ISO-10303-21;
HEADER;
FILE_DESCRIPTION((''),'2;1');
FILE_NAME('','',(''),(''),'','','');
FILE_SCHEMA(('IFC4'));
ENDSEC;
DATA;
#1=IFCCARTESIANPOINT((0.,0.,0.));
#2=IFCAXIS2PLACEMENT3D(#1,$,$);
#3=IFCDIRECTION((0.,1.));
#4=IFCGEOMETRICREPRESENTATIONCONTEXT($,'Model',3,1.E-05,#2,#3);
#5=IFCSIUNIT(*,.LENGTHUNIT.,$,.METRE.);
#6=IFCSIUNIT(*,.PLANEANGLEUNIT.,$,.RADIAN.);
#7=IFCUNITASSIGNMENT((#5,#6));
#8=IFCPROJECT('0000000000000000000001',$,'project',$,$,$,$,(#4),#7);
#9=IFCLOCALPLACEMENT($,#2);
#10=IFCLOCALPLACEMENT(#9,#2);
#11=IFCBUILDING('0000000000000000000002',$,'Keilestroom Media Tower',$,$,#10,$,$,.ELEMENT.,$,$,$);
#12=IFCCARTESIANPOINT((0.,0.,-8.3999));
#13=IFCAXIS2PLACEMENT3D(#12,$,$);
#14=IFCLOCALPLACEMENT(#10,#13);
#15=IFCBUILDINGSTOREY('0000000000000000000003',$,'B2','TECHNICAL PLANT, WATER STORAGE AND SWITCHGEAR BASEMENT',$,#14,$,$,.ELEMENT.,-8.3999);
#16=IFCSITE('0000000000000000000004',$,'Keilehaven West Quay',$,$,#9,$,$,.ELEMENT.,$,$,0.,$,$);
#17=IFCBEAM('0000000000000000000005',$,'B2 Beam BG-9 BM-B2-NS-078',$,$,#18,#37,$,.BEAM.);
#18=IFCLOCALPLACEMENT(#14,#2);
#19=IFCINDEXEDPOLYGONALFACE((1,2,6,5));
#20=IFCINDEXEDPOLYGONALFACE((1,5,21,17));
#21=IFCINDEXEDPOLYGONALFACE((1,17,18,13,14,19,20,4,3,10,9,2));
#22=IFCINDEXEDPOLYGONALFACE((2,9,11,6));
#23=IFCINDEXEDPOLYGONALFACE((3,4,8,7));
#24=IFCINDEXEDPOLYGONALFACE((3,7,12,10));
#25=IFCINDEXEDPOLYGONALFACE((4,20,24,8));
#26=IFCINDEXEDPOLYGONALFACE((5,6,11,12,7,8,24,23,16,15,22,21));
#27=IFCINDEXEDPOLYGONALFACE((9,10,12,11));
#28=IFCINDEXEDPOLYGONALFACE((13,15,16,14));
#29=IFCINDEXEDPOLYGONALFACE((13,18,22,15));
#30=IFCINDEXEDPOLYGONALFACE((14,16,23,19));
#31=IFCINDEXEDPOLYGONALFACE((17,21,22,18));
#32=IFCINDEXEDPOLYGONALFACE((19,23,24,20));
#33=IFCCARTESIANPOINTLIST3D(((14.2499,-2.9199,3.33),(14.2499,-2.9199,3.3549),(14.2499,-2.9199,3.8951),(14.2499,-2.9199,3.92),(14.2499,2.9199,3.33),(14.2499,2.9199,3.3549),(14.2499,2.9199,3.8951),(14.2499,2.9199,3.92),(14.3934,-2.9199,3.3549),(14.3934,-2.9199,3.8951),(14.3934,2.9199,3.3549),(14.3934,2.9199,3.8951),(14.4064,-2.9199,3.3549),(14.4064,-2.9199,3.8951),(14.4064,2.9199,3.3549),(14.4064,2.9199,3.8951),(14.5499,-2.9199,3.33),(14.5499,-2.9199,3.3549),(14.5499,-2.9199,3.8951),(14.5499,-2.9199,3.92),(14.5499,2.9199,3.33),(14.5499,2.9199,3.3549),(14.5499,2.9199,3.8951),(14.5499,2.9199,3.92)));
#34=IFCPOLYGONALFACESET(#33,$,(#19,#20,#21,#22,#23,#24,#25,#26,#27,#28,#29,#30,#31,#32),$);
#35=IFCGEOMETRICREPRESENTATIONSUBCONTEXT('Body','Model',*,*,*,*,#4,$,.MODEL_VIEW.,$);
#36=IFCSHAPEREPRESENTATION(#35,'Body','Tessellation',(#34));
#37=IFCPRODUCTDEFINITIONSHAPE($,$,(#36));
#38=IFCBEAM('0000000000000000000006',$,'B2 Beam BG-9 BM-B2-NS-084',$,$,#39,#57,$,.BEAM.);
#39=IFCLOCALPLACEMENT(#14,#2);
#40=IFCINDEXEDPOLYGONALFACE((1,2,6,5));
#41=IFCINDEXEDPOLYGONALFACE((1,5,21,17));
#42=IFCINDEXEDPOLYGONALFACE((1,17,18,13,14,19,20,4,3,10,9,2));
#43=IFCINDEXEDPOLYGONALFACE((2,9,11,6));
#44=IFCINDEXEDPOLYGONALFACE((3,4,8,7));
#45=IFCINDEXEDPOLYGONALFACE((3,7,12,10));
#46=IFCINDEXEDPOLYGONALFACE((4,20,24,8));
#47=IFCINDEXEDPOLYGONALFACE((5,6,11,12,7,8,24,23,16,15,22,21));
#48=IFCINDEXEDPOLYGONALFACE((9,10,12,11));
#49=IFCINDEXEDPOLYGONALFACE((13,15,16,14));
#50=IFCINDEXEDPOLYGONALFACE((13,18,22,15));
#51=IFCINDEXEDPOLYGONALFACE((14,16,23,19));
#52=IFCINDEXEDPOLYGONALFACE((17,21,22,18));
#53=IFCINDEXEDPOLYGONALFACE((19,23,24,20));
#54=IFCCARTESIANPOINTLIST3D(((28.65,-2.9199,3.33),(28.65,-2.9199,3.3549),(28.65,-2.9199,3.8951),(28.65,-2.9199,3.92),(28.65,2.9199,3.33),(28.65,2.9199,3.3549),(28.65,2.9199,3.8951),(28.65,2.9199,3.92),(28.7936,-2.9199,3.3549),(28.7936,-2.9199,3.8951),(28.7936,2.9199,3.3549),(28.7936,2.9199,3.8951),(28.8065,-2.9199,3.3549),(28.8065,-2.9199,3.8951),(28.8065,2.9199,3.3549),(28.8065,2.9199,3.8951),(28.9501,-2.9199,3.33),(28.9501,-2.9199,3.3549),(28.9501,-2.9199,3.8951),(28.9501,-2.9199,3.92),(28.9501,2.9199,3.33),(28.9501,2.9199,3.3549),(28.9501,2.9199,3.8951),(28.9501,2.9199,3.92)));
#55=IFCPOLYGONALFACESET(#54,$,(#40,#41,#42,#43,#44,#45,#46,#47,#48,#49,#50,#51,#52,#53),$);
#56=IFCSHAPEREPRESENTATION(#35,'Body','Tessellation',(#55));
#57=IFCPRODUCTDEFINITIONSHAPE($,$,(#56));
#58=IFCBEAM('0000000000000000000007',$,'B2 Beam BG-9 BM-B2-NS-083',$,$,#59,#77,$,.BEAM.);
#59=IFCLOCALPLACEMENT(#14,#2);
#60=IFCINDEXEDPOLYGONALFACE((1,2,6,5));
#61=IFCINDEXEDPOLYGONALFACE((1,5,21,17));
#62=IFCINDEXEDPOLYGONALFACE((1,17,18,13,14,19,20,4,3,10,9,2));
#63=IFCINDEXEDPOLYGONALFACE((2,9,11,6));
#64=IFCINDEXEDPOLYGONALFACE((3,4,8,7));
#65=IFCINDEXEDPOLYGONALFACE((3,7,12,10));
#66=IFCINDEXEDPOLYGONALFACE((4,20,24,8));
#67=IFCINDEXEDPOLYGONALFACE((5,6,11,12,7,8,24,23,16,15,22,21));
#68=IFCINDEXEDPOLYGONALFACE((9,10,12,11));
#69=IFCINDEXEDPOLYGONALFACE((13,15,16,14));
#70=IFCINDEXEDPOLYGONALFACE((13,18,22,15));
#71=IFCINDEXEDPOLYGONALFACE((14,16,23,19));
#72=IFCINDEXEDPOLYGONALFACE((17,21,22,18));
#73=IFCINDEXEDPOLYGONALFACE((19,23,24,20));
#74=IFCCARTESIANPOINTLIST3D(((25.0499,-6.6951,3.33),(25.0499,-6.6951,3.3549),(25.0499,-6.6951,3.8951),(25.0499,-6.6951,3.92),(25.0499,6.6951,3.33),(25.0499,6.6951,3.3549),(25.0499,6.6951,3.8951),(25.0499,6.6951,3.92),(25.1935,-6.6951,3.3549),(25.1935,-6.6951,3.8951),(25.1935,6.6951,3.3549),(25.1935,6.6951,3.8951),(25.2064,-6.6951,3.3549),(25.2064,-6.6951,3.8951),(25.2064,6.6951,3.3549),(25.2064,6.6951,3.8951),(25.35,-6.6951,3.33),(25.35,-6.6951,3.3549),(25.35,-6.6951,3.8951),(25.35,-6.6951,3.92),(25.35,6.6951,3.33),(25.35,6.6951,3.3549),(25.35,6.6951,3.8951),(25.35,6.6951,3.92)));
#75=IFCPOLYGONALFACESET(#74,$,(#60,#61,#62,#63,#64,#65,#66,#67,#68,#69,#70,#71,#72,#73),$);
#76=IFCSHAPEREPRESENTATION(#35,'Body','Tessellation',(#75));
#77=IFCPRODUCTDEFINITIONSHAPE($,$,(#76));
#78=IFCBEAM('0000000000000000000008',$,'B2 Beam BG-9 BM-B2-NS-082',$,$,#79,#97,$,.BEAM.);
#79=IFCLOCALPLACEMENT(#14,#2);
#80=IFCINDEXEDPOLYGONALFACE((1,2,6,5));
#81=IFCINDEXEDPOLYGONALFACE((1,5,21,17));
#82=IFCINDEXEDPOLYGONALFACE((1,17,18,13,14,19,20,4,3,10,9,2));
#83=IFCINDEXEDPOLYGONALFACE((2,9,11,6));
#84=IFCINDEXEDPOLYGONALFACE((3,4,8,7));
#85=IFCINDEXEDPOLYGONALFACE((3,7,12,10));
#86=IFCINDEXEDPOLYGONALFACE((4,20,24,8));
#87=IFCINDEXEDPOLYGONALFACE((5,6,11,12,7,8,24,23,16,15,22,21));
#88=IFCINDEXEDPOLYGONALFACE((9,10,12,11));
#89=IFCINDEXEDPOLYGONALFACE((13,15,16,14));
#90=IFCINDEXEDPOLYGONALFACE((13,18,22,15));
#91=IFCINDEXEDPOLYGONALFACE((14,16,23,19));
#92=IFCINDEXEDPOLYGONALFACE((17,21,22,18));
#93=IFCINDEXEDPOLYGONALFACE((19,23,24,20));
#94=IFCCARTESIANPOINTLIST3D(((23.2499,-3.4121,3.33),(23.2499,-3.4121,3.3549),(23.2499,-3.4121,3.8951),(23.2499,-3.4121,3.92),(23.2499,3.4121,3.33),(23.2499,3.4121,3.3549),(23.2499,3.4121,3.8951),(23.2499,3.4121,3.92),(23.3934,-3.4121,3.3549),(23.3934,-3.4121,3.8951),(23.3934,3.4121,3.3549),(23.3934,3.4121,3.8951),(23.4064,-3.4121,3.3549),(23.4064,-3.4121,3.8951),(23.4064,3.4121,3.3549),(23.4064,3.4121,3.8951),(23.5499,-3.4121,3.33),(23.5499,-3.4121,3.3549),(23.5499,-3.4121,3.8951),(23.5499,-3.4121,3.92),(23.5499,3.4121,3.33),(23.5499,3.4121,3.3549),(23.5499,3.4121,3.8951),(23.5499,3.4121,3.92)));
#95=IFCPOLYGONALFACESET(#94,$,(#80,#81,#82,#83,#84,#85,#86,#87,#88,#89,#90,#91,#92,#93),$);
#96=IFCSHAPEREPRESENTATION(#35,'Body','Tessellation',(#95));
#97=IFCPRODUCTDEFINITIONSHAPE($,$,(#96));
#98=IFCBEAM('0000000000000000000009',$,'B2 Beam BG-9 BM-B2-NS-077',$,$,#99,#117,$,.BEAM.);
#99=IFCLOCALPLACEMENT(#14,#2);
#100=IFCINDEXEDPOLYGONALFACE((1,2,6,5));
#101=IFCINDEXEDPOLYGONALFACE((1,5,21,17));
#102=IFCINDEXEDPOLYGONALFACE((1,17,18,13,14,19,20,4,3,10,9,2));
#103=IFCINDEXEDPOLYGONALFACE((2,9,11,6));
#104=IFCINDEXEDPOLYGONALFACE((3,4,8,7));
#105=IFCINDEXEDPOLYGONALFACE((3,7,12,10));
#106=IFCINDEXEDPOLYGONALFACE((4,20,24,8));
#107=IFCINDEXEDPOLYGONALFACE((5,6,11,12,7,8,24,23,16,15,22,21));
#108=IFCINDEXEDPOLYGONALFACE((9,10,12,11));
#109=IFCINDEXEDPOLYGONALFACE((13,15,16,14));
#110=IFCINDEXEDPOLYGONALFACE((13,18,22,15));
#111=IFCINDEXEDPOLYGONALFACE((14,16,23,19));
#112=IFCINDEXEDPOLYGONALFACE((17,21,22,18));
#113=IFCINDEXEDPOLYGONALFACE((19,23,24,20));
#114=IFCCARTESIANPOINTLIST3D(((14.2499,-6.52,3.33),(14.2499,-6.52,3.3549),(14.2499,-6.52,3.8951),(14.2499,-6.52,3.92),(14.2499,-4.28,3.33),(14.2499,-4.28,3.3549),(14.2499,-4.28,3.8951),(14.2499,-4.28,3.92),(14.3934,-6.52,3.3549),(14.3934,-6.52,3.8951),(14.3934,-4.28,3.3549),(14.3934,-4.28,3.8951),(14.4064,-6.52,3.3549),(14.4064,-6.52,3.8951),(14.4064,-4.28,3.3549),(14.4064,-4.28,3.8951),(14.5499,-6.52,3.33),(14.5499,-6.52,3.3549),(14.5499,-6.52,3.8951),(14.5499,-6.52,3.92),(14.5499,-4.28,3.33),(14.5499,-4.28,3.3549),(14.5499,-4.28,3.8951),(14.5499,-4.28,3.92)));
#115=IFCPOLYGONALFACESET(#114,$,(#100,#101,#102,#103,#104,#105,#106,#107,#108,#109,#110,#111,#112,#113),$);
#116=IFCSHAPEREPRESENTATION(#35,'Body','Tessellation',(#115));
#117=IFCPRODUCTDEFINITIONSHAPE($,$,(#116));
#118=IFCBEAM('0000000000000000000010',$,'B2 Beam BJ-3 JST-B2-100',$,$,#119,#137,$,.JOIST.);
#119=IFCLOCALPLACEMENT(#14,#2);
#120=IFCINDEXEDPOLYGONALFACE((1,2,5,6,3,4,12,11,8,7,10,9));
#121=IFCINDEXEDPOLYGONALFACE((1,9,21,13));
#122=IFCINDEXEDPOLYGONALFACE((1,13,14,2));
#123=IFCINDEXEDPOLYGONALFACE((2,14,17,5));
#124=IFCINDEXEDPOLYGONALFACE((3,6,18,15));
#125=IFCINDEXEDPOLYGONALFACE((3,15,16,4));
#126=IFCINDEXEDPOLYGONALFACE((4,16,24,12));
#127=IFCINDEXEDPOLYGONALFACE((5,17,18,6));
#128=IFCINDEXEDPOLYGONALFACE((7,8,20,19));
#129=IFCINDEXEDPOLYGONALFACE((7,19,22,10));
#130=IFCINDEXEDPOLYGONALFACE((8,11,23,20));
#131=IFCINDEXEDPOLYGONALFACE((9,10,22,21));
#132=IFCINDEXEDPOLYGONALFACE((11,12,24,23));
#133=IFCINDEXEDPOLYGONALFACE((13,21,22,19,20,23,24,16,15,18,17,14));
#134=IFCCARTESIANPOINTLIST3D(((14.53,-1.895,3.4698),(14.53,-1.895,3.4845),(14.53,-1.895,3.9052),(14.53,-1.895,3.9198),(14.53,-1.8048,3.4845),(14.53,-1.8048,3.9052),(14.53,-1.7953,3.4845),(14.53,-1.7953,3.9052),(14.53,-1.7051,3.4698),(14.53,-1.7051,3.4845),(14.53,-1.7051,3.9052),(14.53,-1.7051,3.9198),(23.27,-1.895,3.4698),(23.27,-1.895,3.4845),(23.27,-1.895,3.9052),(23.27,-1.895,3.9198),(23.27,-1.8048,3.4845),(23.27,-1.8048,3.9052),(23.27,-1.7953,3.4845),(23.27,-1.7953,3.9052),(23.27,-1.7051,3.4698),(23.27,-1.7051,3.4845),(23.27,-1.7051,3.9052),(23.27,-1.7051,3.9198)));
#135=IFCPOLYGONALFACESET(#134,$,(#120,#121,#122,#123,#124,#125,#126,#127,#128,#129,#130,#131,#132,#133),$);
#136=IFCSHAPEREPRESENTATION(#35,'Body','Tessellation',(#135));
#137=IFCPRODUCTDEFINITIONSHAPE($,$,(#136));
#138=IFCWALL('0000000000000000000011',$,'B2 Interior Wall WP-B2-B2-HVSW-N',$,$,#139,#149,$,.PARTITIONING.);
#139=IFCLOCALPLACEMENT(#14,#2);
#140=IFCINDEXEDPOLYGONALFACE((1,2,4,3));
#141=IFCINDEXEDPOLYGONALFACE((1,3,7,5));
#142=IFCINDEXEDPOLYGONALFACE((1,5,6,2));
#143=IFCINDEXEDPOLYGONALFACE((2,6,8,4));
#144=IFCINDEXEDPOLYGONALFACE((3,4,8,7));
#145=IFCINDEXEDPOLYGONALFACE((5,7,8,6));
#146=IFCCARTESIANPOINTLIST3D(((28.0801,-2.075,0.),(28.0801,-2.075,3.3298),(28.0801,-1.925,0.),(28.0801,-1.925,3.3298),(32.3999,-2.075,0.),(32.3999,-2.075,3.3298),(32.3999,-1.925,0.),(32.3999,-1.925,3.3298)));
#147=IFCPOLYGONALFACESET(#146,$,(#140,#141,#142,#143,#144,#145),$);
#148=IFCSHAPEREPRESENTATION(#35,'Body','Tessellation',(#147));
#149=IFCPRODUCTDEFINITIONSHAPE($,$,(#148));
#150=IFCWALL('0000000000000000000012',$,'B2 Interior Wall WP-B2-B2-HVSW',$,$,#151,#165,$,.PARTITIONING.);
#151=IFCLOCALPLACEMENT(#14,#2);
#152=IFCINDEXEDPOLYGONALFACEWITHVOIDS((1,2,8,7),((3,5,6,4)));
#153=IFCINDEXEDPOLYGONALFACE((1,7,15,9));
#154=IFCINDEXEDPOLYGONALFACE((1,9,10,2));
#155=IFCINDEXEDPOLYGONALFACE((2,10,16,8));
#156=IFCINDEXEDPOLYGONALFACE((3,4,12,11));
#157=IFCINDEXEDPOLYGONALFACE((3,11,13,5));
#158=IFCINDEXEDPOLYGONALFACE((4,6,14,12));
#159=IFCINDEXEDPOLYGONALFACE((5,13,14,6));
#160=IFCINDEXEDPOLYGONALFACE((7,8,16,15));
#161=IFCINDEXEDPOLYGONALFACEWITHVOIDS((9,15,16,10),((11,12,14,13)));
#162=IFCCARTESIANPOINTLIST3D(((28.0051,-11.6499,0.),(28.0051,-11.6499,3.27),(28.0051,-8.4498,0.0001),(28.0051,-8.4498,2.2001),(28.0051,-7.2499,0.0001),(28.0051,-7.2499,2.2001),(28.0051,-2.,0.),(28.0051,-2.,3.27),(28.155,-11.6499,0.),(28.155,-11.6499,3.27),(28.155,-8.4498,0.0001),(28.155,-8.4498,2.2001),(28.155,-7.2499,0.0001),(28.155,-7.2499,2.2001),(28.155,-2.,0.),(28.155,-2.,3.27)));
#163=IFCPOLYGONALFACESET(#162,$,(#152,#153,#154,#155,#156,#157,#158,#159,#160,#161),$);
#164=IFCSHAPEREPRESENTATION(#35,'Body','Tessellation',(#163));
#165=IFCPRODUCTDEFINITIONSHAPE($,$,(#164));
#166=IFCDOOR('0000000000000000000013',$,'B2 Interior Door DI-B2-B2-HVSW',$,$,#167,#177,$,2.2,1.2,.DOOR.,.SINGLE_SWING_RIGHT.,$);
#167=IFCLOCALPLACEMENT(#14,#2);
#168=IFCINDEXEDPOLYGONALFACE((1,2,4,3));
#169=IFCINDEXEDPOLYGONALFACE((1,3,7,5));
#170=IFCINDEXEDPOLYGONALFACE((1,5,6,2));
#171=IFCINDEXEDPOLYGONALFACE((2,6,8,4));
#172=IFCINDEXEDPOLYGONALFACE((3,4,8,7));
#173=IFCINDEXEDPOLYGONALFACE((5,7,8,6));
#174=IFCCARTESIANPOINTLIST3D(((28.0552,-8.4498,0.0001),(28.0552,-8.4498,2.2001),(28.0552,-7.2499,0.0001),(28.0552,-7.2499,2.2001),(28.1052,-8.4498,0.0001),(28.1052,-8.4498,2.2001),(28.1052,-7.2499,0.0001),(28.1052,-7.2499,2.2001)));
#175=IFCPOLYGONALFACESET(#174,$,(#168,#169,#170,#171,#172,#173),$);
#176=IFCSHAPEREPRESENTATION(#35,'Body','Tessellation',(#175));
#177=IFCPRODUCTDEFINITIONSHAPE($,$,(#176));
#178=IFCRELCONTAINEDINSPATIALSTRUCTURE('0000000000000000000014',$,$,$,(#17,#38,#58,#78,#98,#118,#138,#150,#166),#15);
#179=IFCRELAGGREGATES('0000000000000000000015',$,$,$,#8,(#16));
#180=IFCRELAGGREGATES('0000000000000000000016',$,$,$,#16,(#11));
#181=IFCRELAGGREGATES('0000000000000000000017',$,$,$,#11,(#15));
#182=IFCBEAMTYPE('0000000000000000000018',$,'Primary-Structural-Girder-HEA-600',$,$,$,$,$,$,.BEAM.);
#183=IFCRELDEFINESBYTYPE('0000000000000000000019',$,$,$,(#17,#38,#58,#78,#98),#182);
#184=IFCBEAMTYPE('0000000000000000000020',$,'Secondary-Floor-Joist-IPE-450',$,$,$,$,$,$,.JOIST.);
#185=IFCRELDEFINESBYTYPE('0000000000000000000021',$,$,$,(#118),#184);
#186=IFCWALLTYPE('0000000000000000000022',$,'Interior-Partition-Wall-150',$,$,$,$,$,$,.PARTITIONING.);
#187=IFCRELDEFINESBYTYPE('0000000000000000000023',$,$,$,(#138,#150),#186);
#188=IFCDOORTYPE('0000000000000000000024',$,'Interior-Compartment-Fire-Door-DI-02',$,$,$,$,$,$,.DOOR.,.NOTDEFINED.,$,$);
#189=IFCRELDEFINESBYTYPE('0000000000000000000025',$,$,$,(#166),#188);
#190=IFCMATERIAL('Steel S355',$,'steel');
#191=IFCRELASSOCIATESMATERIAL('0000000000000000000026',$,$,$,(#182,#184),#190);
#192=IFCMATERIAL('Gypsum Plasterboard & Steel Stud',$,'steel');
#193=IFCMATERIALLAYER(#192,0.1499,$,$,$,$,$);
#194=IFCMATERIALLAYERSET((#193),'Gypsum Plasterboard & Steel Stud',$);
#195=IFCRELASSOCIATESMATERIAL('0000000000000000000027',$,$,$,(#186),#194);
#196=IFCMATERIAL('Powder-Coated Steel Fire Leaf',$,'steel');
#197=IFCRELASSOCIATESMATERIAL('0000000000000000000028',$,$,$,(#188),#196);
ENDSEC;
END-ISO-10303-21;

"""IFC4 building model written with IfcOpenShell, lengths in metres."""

from ifc_helpers import new_model, si_unit, direction, frame, frame_2d, origin, origin_2d, place, context, subcontext, project, spatial, rectangle, i_section, extrude, source, transform, mapped, material, layer, layer_set, material_profile, profile_set, type_object, element, fill, save


model = new_model("IFC4")

# Units and contexts
model_context = context("Model", 3, precision=1e-05, world=origin(), true_north=direction((0.0, 1.0)))
body_context = subcontext(model_context, "Body", "Model", "MODEL_VIEW")
ifc_project = project(units=[si_unit("LENGTHUNIT", "METRE"), si_unit("PLANEANGLEUNIT", "RADIAN")], contexts=[model_context])

# Site, building, storey
site_placement = place(None, origin())
site = spatial("IfcSite", under=ifc_project, at=site_placement, Name="Keilehaven West Quay", CompositionType="ELEMENT", RefElevation=0.0)
building_placement = place(site_placement, origin())
building = spatial("IfcBuilding", under=site, at=building_placement, Name="Keilestroom Media Tower", CompositionType="ELEMENT")
storey_placement = place(building_placement, frame((0.0, 0.0, -8.3999)))
storey = spatial("IfcBuildingStorey", under=building, at=storey_placement, Name="B2", Description="TECHNICAL PLANT, WATER STORAGE AND SWITCHGEAR BASEMENT", CompositionType="ELEMENT", Elevation=-8.3999)

# Beams
ifc_material_1 = material(Name="Steel S355", Category="steel")
ifc_material_profile_1 = material_profile(ifc_material_1, i_section(OverallWidth=0.3, OverallDepth=0.5901, WebThickness=0.0129, FlangeThickness=0.0249, at=origin_2d()), Name="HEA 600")
ifc_profile_set_1 = profile_set([ifc_material_profile_1], Name="Steel S355")
beam_type_1 = type_object("IfcBeamType", Name="Primary-Structural-Girder-HEA-600", PredefinedType="BEAM", material=ifc_profile_set_1)
shared_shape_1 = source(origin(), body_context, "Body", "SweptSolid", [
    extrude(i_section(OverallWidth=0.3, OverallDepth=0.5901, WebThickness=0.0129, FlangeThickness=0.0249, at=origin_2d()), origin(), (0.0, 0.0, 1.0), 5.8398),
])
for number, where, z_axis, x_axis, name in (
    (1, (14.3999, -2.9199, 3.625), (0.0, 1.0, 0.0), (-1.0, 0.0, 0.0), "B2 Beam BG-9 BM-B2-NS-078"),
    (2, (28.8, -2.9199, 3.625), (0.0, 1.0, 0.0), (-1.0, 0.0, 0.0), "B2 Beam BG-9 BM-B2-NS-084"),
):
    element("IfcBeam", number, at=place(storey_placement, frame(where, z_axis=z_axis, x_axis=x_axis)), inside=storey, type_object=beam_type_1, Name=name, PredefinedType="BEAM", context=body_context, shape_type="MappedRepresentation", body=[
        mapped(shared_shape_1, transform((0.0, 0.0, 0.0), x_axis=(1.0, 0.0, 0.0), y_axis=(0.0, 1.0, 0.0), z_axis=(0.0, 0.0, 1.0), scale=1.0)),
    ])
shared_shape_2 = source(origin(), body_context, "Body", "SweptSolid", [
    extrude(i_section(OverallWidth=0.3, OverallDepth=0.5901, WebThickness=0.0129, FlangeThickness=0.0249, at=origin_2d()), origin(), (0.0, 0.0, 1.0), 13.3901),
])
beam_1_placement = place(storey_placement, frame((25.2, -6.6951, 3.625), z_axis=(0.0, 1.0, 0.0), x_axis=(-1.0, 0.0, 0.0)))
element("IfcBeam", 3, at=beam_1_placement, inside=storey, type_object=beam_type_1, Name="B2 Beam BG-9 BM-B2-NS-083", PredefinedType="BEAM", context=body_context, shape_type="MappedRepresentation", body=[
    mapped(shared_shape_2, transform((0.0, 0.0, 0.0), x_axis=(1.0, 0.0, 0.0), y_axis=(0.0, 1.0, 0.0), z_axis=(0.0, 0.0, 1.0), scale=1.0)),
])
shared_shape_3 = source(origin(), body_context, "Body", "SweptSolid", [
    extrude(i_section(OverallWidth=0.3, OverallDepth=0.5901, WebThickness=0.0129, FlangeThickness=0.0249, at=origin_2d()), origin(), (0.0, 0.0, 1.0), 6.8242),
])
beam_2_placement = place(storey_placement, frame((23.3999, -3.4121, 3.625), z_axis=(0.0, 1.0, 0.0), x_axis=(-1.0, 0.0, 0.0)))
element("IfcBeam", 4, at=beam_2_placement, inside=storey, type_object=beam_type_1, Name="B2 Beam BG-9 BM-B2-NS-082", PredefinedType="BEAM", context=body_context, shape_type="MappedRepresentation", body=[
    mapped(shared_shape_3, transform((0.0, 0.0, 0.0), x_axis=(1.0, 0.0, 0.0), y_axis=(0.0, 1.0, 0.0), z_axis=(0.0, 0.0, 1.0), scale=1.0)),
])
shared_shape_4 = source(origin(), body_context, "Body", "SweptSolid", [
    extrude(i_section(OverallWidth=0.3, OverallDepth=0.5901, WebThickness=0.0129, FlangeThickness=0.0249, at=origin_2d()), origin(), (0.0, 0.0, 1.0), 2.24),
])
beam_3_placement = place(storey_placement, frame((14.3999, -6.52, 3.625), z_axis=(0.0, 1.0, 0.0), x_axis=(-1.0, 0.0, 0.0)))
element("IfcBeam", 5, at=beam_3_placement, inside=storey, type_object=beam_type_1, Name="B2 Beam BG-9 BM-B2-NS-077", PredefinedType="BEAM", context=body_context, shape_type="MappedRepresentation", body=[
    mapped(shared_shape_4, transform((0.0, 0.0, 0.0), x_axis=(1.0, 0.0, 0.0), y_axis=(0.0, 1.0, 0.0), z_axis=(0.0, 0.0, 1.0), scale=1.0)),
])
ifc_material_profile_2 = material_profile(ifc_material_1, i_section(OverallWidth=0.1899, OverallDepth=0.45, WebThickness=0.0095, FlangeThickness=0.0146, at=origin_2d()), Name="IPE 450")
ifc_profile_set_2 = profile_set([ifc_material_profile_2], Name="Steel S355")
beam_type_2 = type_object("IfcBeamType", Name="Secondary-Floor-Joist-IPE-450", PredefinedType="JOIST", material=ifc_profile_set_2)
shared_shape_5 = source(origin(), body_context, "Body", "SweptSolid", [
    extrude(i_section(OverallWidth=0.1899, OverallDepth=0.45, WebThickness=0.0095, FlangeThickness=0.0146, at=origin_2d()), origin(), (0.0, 0.0, 1.0), 8.74),
])
beam_4_placement = place(storey_placement, frame((14.53, -1.8, 3.6948), z_axis=(1.0, 0.0, 0.0), x_axis=(0.0, 1.0, 0.0)))
element("IfcBeam", 6, at=beam_4_placement, inside=storey, type_object=beam_type_2, Name="B2 Beam BJ-3 JST-B2-100", PredefinedType="JOIST", context=body_context, shape_type="MappedRepresentation", body=[
    mapped(shared_shape_5, transform((0.0, 0.0, 0.0), x_axis=(1.0, 0.0, 0.0), y_axis=(0.0, 1.0, 0.0), z_axis=(0.0, 0.0, 1.0), scale=1.0)),
])

# Wall
ifc_material_2 = material(Name="Gypsum Plasterboard & Steel Stud", Category="steel")
ifc_layer_1 = layer(ifc_material_2, 0.1499)
ifc_layer_set_1 = layer_set([ifc_layer_1], Name="Gypsum Plasterboard & Steel Stud")
wall_type_1 = type_object("IfcWallType", Name="Interior-Partition-Wall-150", PredefinedType="PARTITIONING", material=ifc_layer_set_1)
wall_1_placement = place(storey_placement, frame((28.0801, -2.0, 0.0), z_axis=(0.0, 0.0, 1.0), x_axis=(1.0, 0.0, 0.0)))
element("IfcWall", 7, at=wall_1_placement, inside=storey, type_object=wall_type_1, Name="B2 Interior Wall WP-B2-B2-HVSW-N", PredefinedType="PARTITIONING", context=body_context, shape_type="SweptSolid", body=[
    extrude(rectangle(XDim=4.3198, YDim=0.1499, at=frame_2d((2.1599, 0.0))), origin(), (0.0, 0.0, 1.0), 3.3298),
])

# Wall, opening, door
wall_2_placement = place(storey_placement, frame((28.0801, -11.6499, 0.0), z_axis=(0.0, 0.0, 1.0), x_axis=(0.0, 1.0, 0.0)))
wall_2 = element("IfcWall", 8, at=wall_2_placement, inside=storey, type_object=wall_type_1, Name="B2 Interior Wall WP-B2-B2-HVSW", PredefinedType="PARTITIONING", context=body_context, shape_type="SweptSolid", body=[
    extrude(rectangle(XDim=9.6499, YDim=0.1499, at=frame_2d((4.825, 0.0))), origin(), (0.0, 0.0, 1.0), 3.27),
])
opening_1_placement = place(wall_2_placement, frame((3.2, 0.0, 0.0)))
opening_1 = element("IfcOpeningElement", 9, at=opening_1_placement, cuts=wall_2, PredefinedType="OPENING", context=body_context, shape_type="SweptSolid", body=[
    extrude(rectangle(XDim=1.2, YDim=2.2, at=frame_2d((0.6001, 1.1001))), frame((0.0, 0.085, 0.0), z_axis=(0.0, -1.0, 0.0), x_axis=(1.0, 0.0, 0.0)), (0.0, 0.0, 1.0), 0.1699),
])
ifc_material_3 = material(Name="Powder-Coated Steel Fire Leaf", Category="steel")
door_type_1 = type_object("IfcDoorType", Name="Interior-Compartment-Fire-Door-DI-02", OperationType="NOTDEFINED", PredefinedType="DOOR", material=ifc_material_3)
shared_shape_6 = source(origin(), body_context, "Body", "SweptSolid", [
    extrude(rectangle(XDim=1.2, YDim=2.2, at=frame_2d((0.6001, 1.1001))), frame((0.0, 0.0249, 0.0), z_axis=(0.0, -1.0, 0.0), x_axis=(1.0, 0.0, 0.0)), (0.0, 0.0, 1.0), 0.05),
])
door_1_placement = place(opening_1_placement, origin())
door_1 = element("IfcDoor", 10, at=door_1_placement, inside=storey, type_object=door_type_1, Name="B2 Interior Door DI-B2-B2-HVSW", OperationType="SINGLE_SWING_RIGHT", OverallHeight=2.2, OverallWidth=1.2, PredefinedType="DOOR", context=body_context, shape_type="MappedRepresentation", body=[
    mapped(shared_shape_6, transform((0.0, 0.0, 0.0), x_axis=(1.0, 0.0, 0.0), y_axis=(0.0, 1.0, 0.0), z_axis=(0.0, 0.0, 1.0), scale=1.0)),
])
fill(opening_1, door_1)

save(model, "model.ifc")
